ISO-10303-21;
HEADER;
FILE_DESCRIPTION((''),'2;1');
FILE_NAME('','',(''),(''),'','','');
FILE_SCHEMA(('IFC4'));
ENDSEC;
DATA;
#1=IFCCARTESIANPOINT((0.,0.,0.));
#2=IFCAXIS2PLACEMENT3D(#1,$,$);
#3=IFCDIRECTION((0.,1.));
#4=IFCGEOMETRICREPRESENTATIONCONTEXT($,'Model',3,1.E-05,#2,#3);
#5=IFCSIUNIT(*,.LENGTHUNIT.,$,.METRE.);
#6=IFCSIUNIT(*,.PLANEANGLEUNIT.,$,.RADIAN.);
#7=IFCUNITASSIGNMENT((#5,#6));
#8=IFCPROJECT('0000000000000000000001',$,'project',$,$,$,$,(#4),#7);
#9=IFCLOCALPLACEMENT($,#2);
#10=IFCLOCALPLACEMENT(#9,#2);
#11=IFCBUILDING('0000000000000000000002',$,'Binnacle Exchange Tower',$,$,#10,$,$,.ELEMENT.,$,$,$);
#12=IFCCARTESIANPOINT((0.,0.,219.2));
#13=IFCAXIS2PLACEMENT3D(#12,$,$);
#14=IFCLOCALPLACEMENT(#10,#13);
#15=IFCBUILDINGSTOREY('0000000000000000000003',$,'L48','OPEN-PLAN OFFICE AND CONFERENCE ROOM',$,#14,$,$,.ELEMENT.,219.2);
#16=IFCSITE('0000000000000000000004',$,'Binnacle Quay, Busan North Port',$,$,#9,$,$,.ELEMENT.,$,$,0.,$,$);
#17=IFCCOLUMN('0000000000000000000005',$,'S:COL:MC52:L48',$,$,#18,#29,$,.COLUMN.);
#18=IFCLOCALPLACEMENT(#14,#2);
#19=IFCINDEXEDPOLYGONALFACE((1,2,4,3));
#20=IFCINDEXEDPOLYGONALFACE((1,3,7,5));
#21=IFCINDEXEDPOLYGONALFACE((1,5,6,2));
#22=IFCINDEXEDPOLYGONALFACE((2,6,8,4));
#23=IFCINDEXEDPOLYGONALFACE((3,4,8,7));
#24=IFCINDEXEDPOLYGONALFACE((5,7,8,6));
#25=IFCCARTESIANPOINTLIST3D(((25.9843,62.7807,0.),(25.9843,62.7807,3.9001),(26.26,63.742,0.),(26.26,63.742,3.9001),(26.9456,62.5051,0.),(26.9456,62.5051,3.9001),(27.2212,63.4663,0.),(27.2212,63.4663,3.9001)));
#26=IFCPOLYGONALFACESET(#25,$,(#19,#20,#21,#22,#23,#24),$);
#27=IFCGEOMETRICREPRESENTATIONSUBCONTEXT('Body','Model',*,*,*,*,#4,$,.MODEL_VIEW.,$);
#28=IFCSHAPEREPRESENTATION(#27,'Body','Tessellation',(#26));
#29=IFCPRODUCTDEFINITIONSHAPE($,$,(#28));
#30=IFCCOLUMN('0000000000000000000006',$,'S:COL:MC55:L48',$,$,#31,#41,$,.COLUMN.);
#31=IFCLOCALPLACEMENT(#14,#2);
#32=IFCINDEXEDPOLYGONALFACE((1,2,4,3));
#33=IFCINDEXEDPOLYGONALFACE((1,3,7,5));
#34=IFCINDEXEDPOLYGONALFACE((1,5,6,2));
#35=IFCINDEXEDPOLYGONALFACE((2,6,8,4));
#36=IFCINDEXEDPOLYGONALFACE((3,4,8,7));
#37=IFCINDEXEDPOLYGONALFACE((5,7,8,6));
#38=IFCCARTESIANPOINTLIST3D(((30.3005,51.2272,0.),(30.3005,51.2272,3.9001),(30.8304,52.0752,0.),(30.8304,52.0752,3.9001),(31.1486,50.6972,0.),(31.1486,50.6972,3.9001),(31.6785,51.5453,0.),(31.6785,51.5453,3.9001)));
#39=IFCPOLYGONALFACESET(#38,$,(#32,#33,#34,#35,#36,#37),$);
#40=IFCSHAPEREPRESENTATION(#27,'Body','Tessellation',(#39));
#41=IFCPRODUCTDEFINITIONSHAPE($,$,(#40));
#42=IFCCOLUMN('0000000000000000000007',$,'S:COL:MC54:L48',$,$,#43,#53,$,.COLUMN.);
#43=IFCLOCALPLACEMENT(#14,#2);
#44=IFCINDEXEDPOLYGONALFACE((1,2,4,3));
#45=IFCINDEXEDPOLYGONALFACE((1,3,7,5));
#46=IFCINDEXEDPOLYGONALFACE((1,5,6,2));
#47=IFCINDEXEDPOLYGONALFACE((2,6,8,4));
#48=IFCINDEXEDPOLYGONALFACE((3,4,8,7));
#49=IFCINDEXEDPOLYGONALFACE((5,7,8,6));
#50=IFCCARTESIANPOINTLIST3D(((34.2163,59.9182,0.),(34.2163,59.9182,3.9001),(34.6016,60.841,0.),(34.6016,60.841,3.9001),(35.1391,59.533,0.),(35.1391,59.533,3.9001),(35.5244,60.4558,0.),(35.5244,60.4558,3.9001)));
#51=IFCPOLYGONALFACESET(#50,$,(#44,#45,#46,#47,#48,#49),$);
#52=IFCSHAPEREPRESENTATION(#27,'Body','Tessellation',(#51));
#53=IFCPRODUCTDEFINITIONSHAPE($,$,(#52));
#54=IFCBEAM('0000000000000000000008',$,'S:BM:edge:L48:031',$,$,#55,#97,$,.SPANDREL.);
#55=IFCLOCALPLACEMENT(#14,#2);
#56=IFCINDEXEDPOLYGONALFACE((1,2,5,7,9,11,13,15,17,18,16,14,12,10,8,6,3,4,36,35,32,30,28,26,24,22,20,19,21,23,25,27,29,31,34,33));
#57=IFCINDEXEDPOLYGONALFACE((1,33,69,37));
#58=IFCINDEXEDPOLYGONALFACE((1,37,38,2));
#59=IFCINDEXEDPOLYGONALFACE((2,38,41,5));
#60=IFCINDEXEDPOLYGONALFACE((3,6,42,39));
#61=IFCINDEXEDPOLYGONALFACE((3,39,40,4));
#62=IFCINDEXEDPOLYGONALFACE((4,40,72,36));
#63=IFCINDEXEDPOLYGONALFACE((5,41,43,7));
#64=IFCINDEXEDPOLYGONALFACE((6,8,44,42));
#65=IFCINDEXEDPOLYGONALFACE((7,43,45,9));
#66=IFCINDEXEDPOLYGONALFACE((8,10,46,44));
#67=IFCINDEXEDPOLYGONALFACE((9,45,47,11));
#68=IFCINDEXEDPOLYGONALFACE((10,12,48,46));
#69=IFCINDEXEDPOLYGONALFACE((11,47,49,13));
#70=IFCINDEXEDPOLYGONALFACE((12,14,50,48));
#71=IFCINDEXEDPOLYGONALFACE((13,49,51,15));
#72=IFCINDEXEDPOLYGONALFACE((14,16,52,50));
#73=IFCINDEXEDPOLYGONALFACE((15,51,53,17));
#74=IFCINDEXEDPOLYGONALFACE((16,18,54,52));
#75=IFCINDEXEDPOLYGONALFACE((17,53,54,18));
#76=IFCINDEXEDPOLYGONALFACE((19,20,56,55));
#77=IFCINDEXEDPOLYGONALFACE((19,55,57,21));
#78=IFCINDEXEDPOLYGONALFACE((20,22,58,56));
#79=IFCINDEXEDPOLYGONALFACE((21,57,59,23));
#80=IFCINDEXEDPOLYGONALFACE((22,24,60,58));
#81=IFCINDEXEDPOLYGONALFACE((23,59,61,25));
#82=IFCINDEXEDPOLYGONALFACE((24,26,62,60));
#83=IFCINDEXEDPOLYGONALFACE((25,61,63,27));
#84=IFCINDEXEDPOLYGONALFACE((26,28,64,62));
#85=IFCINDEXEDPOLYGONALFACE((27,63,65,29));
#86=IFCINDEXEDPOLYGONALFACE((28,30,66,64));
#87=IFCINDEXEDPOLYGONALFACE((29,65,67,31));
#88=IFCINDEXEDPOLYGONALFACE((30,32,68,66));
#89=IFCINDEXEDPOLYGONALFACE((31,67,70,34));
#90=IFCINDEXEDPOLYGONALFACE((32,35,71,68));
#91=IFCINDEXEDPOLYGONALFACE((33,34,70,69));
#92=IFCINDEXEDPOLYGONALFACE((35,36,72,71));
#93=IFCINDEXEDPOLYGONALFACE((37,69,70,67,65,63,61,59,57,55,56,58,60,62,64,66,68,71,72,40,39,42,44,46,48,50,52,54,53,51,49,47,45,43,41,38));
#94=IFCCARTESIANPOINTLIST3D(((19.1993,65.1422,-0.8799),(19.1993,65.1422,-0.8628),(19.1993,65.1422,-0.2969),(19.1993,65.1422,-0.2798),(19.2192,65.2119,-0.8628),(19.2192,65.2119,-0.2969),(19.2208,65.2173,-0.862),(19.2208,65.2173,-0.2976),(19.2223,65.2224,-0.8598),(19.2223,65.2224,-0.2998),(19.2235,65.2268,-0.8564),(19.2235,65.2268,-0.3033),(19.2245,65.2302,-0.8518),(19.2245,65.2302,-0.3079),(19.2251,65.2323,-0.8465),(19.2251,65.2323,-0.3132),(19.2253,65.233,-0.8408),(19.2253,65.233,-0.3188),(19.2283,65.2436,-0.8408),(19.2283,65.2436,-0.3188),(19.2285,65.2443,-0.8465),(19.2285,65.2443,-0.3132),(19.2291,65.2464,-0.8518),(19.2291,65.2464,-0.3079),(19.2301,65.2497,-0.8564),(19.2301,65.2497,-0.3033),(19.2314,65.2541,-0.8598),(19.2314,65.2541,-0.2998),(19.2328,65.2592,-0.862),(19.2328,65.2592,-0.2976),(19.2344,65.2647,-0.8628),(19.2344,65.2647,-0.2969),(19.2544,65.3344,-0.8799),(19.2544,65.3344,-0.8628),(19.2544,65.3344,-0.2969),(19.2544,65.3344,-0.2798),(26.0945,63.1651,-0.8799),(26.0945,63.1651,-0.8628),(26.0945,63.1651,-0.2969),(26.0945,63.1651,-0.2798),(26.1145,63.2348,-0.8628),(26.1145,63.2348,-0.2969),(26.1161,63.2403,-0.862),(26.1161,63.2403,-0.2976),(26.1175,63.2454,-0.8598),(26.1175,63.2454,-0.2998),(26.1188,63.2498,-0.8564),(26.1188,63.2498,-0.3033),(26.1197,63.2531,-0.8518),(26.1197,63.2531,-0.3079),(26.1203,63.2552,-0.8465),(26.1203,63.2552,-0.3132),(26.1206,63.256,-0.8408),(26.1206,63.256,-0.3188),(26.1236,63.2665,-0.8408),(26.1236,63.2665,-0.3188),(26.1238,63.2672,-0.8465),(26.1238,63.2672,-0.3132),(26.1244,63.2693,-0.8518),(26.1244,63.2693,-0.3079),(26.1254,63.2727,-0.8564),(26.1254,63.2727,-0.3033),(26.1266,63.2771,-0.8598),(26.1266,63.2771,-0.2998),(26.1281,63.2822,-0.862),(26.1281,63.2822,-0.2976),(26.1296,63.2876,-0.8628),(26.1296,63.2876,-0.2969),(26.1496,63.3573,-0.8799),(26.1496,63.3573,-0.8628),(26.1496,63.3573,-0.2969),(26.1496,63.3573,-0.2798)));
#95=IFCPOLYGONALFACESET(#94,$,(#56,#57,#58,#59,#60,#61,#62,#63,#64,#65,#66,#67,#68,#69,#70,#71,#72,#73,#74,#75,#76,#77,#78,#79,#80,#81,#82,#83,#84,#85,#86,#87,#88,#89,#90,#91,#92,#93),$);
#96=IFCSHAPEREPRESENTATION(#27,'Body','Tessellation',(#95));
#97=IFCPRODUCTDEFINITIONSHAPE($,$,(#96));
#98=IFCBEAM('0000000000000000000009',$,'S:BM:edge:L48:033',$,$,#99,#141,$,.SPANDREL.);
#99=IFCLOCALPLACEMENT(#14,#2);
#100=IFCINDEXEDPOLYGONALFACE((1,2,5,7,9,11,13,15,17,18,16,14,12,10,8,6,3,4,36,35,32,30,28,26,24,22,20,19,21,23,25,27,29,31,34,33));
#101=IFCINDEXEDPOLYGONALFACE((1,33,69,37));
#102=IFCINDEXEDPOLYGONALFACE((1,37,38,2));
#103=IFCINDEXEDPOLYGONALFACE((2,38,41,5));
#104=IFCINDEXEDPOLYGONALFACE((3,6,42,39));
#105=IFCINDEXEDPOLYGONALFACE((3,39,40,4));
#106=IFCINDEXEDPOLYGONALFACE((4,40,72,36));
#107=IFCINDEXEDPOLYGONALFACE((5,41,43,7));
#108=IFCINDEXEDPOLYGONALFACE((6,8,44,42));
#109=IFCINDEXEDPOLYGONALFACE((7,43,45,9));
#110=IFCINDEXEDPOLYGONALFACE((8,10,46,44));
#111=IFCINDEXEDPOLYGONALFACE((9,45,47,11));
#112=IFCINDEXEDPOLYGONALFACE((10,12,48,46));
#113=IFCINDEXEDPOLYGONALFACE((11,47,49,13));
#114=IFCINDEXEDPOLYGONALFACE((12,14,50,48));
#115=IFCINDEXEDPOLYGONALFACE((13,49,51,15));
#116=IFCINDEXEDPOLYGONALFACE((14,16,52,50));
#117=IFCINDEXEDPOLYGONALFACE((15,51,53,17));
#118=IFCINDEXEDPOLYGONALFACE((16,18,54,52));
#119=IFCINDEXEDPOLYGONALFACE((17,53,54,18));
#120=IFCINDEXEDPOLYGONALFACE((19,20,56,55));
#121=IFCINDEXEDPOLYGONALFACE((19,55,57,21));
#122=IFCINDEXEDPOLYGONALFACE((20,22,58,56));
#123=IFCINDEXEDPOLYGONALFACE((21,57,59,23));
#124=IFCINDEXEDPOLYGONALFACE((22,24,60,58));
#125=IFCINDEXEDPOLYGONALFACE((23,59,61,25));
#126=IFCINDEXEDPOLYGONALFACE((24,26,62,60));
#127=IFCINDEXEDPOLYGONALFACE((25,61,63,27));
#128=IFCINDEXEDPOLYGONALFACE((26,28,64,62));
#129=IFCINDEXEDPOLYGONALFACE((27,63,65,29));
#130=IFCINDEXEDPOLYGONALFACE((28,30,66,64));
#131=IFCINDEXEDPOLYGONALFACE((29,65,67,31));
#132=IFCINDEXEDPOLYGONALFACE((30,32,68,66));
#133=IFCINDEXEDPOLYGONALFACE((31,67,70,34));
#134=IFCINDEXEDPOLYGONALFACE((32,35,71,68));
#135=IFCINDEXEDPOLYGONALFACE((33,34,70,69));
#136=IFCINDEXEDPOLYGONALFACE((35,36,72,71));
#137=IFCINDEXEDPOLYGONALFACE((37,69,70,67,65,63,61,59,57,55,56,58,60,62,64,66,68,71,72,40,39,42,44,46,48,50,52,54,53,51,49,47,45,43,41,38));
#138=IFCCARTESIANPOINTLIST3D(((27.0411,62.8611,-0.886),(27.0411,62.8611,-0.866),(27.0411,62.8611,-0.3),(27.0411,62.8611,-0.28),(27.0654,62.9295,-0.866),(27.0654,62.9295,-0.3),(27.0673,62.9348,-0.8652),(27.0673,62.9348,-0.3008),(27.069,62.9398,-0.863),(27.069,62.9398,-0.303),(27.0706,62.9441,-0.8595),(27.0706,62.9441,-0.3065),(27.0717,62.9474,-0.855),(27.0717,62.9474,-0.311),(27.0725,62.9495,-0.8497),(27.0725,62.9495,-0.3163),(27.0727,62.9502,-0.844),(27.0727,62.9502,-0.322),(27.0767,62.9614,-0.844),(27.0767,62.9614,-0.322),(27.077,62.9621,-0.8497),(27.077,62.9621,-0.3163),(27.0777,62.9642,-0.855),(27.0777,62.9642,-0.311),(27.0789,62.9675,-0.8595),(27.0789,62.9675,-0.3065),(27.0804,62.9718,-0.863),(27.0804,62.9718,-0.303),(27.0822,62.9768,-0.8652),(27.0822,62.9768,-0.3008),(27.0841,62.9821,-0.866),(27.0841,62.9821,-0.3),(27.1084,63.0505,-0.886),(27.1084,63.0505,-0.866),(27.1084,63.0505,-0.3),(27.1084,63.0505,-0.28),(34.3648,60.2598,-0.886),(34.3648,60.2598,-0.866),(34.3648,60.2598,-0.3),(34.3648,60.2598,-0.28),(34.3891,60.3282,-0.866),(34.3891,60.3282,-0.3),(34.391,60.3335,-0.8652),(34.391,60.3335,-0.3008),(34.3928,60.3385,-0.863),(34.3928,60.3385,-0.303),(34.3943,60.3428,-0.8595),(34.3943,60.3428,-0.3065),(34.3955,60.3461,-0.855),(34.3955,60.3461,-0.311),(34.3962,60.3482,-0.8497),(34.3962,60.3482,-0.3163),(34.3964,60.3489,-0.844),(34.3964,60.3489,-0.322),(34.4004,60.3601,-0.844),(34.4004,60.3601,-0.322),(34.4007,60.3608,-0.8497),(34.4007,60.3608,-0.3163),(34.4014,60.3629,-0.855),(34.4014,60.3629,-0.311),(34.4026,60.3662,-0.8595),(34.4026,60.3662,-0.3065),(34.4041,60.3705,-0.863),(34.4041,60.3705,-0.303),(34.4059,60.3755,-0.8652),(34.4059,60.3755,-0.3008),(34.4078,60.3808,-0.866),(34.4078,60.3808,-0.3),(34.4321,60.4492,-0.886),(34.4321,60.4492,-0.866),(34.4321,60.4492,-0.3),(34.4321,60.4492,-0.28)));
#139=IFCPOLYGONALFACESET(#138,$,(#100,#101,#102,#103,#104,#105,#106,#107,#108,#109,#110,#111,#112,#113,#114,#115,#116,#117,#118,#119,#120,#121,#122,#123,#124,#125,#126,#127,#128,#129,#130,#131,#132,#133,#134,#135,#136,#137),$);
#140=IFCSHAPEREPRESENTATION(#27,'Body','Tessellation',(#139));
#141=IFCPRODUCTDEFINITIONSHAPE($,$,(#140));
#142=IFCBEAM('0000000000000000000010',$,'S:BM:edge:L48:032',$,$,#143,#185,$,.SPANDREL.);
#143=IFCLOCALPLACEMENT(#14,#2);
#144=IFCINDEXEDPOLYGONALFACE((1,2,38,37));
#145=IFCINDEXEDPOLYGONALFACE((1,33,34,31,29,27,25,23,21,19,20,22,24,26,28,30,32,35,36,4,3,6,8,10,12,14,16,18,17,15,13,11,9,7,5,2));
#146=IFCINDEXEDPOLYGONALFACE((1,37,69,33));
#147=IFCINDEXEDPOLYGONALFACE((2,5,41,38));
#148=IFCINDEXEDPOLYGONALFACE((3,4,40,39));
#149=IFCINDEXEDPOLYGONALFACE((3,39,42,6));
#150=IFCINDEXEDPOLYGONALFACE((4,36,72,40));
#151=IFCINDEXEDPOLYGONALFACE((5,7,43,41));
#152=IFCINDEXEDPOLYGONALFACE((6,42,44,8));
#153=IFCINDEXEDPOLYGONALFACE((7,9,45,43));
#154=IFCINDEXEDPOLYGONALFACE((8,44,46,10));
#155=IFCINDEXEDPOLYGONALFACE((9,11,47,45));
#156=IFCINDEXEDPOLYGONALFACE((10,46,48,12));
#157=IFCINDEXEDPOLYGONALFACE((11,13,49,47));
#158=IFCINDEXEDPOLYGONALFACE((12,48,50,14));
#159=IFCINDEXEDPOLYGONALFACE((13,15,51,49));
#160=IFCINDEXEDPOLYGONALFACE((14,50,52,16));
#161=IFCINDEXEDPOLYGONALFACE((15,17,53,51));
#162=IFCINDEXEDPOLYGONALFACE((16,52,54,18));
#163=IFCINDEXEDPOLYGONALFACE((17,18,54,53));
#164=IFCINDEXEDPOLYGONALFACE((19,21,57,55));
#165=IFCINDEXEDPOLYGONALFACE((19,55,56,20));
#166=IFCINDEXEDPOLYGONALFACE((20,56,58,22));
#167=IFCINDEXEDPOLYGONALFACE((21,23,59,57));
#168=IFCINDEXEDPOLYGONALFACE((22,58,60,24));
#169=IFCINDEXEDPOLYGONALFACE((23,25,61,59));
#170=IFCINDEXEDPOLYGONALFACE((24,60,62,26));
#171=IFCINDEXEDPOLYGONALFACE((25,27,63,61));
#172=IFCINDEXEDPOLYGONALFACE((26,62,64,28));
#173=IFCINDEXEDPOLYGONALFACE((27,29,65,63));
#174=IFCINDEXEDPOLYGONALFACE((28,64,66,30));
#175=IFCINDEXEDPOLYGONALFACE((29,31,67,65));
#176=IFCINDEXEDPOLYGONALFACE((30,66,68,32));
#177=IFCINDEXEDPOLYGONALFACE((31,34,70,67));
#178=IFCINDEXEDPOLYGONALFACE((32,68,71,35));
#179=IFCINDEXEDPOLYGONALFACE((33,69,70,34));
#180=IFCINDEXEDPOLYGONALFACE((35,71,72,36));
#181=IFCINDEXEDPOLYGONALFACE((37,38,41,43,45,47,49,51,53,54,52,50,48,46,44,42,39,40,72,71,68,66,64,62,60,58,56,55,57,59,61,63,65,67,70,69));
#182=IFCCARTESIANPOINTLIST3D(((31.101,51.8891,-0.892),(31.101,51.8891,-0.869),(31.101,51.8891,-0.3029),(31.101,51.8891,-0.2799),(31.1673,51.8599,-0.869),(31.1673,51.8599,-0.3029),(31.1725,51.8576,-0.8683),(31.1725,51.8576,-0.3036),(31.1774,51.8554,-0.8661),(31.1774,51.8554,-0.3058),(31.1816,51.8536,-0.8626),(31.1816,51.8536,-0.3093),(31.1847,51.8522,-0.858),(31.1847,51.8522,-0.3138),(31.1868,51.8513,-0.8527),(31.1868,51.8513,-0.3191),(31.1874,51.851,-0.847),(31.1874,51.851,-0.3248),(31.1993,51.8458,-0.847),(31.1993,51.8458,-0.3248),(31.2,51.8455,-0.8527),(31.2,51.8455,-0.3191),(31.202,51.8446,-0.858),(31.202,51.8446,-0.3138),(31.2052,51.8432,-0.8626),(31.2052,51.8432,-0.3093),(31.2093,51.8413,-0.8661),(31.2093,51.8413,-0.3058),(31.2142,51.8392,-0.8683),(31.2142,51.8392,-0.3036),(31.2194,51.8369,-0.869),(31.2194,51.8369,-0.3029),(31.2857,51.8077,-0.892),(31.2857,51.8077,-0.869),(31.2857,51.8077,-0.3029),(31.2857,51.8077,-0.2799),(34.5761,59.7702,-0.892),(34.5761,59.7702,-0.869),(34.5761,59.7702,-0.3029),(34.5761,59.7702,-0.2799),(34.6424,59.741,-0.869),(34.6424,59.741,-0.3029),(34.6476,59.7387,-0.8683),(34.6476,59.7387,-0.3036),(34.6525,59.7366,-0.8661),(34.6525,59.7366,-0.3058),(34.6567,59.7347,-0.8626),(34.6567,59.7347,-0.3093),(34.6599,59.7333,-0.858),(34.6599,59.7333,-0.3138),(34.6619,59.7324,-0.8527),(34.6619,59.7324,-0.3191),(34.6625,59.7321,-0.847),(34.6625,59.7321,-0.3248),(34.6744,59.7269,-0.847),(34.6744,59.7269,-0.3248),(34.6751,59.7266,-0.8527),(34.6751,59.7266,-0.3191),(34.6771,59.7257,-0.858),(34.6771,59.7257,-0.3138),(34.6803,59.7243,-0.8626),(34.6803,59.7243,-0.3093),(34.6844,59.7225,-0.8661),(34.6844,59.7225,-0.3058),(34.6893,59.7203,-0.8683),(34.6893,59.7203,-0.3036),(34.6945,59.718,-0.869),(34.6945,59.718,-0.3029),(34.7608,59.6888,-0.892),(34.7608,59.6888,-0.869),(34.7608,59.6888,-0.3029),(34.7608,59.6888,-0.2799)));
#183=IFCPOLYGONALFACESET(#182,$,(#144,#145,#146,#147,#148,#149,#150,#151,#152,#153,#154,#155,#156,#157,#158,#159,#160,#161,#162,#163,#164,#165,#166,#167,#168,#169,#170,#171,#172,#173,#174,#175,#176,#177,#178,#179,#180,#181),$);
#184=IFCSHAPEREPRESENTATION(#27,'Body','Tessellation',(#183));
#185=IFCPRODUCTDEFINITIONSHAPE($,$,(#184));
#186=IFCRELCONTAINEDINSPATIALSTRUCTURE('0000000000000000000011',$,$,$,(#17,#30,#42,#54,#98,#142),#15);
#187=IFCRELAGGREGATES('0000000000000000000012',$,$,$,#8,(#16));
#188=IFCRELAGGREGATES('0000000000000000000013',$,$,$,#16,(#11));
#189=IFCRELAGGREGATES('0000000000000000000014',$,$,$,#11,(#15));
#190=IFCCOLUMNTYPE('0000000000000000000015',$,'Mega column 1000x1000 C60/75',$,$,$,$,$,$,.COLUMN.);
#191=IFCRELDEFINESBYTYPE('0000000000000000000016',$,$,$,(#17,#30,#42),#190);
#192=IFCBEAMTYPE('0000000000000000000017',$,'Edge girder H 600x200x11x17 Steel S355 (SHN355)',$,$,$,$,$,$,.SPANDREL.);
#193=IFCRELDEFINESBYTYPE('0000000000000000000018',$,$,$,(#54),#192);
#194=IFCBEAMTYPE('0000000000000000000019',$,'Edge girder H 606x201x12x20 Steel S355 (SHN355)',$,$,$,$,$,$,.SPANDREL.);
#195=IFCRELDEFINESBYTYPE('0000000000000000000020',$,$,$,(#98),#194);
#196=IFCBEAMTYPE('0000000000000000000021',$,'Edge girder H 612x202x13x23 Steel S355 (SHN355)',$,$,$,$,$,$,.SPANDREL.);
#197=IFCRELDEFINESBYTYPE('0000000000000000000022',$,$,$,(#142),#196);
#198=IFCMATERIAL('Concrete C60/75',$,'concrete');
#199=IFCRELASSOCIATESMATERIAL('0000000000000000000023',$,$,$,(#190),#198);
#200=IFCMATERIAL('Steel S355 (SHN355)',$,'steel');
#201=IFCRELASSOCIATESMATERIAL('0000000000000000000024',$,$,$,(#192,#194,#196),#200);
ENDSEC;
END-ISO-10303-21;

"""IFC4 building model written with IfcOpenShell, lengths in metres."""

from ifc_helpers import new_model, si_unit, direction, frame, origin, origin_2d, place, context, subcontext, project, spatial, rectangle, i_section, extrude, material, material_profile, profile_set, type_object, element, save


model = new_model("IFC4")

# Units and contexts
model_context = context("Model", 3, precision=1e-05, world=origin(), true_north=direction((0.0, 1.0)))
body_context = subcontext(model_context, "Body", "Model", "MODEL_VIEW")
ifc_project = project(units=[si_unit("LENGTHUNIT", "METRE"), si_unit("PLANEANGLEUNIT", "RADIAN")], contexts=[model_context])

# Site, building, storey
site_placement = place(None, origin())
site = spatial("IfcSite", under=ifc_project, at=site_placement, Name="Binnacle Quay, Busan North Port", CompositionType="ELEMENT", RefElevation=0.0)
building_placement = place(site_placement, origin())
building = spatial("IfcBuilding", under=site, at=building_placement, Name="Binnacle Exchange Tower", CompositionType="ELEMENT")
storey_placement = place(building_placement, frame((0.0, 0.0, 219.2)))
storey = spatial("IfcBuildingStorey", under=building, at=storey_placement, Name="L48", Description="OPEN-PLAN OFFICE AND CONFERENCE ROOM", CompositionType="ELEMENT", Elevation=219.2)

# Columns
ifc_material_1 = material(Name="Concrete C60/75", Category="concrete")
ifc_material_profile_1 = material_profile(ifc_material_1, rectangle(XDim=1.0, YDim=1.0, at=origin_2d()), Name="Mega column 1000x1000 C60/75")
ifc_profile_set_1 = profile_set([ifc_material_profile_1], Name="Concrete C60/75")
column_type = type_object("IfcColumnType", Name="Mega column 1000x1000 C60/75", PredefinedType="COLUMN", material=ifc_profile_set_1)
for number, where, z_axis, x_axis, name in (
    (1, (26.6028, 63.1235, 0.0), (0.0, 0.0, 1.0), (-0.961262, 0.275637, 0.0), "S:COL:MC52:L48"),
    (2, (30.9895, 51.3862, 0.0), (0.0, 0.0, 1.0), (0.529919, 0.848048, 0.0), "S:COL:MC55:L48"),
    (3, (34.8704, 60.187, 0.0), (0.0, 0.0, 1.0), (-0.922814, 0.385246, 0.0), "S:COL:MC54:L48"),
):
    element("IfcColumn", number, at=place(storey_placement, frame(where, z_axis=z_axis, x_axis=x_axis)), inside=storey, type_object=column_type, Name=name, PredefinedType="COLUMN", context=body_context, shape_type="SweptSolid", body=[
        extrude(rectangle(XDim=1.0, YDim=1.0, at=origin_2d()), origin(), (0.0, 0.0, 1.0), 3.9001),
    ])

# Beams
ifc_material_2 = material(Name="Steel S355 (SHN355)", Category="steel")
ifc_material_profile_2 = material_profile(ifc_material_2, i_section(OverallWidth=0.2, OverallDepth=0.6001, WebThickness=0.011, FlangeThickness=0.0171, FilletRadius=0.022, at=origin_2d()), Name="H 600x200x11x17")
ifc_profile_set_2 = profile_set([ifc_material_profile_2], Name="Steel S355 (SHN355)")
beam_type_1 = type_object("IfcBeamType", Name="Edge girder H 600x200x11x17 Steel S355 (SHN355)", PredefinedType="SPANDREL", material=ifc_profile_set_2)
beam_1_placement = place(storey_placement, frame((26.1221, 63.2612, -0.5798), z_axis=(-0.961267, 0.27562, 0.0), x_axis=(-0.27562, -0.961267, 0.0)))
element("IfcBeam", 4, at=beam_1_placement, inside=storey, type_object=beam_type_1, Name="S:BM:edge:L48:031", PredefinedType="SPANDREL", context=body_context, shape_type="SweptSolid", body=[
    extrude(i_section(OverallWidth=0.2, OverallDepth=0.6001, WebThickness=0.011, FlangeThickness=0.0171, FilletRadius=0.022, at=origin_2d()), origin(), (0.0, 0.0, 1.0), 7.1731),
])
ifc_material_profile_3 = material_profile(ifc_material_2, i_section(OverallWidth=0.2009, OverallDepth=0.606, WebThickness=0.012, FlangeThickness=0.02, FilletRadius=0.022, at=origin_2d()), Name="H 606x201x12x20")
ifc_profile_set_3 = profile_set([ifc_material_profile_3], Name="Steel S355 (SHN355)")
beam_type_2 = type_object("IfcBeamType", Name="Edge girder H 606x201x12x20 Steel S355 (SHN355)", PredefinedType="SPANDREL", material=ifc_profile_set_3)
beam_2_placement = place(storey_placement, frame((34.3984, 60.3545, -0.583), z_axis=(-0.942323, 0.334704, 0.0), x_axis=(-0.334704, -0.942323, 0.0)))
element("IfcBeam", 5, at=beam_2_placement, inside=storey, type_object=beam_type_2, Name="S:BM:edge:L48:033", PredefinedType="SPANDREL", context=body_context, shape_type="SweptSolid", body=[
    extrude(i_section(OverallWidth=0.2009, OverallDepth=0.606, WebThickness=0.012, FlangeThickness=0.02, FilletRadius=0.022, at=origin_2d()), origin(), (0.0, 0.0, 1.0), 7.772),
])
ifc_material_profile_4 = material_profile(ifc_material_2, i_section(OverallWidth=0.2019, OverallDepth=0.6121, WebThickness=0.0129, FlangeThickness=0.0229, FilletRadius=0.022, at=origin_2d()), Name="H 612x202x13x23")
ifc_profile_set_4 = profile_set([ifc_material_profile_4], Name="Steel S355 (SHN355)")
beam_type_3 = type_object("IfcBeamType", Name="Edge girder H 612x202x13x23 Steel S355 (SHN355)", PredefinedType="SPANDREL", material=ifc_profile_set_4)
beam_3_placement = place(storey_placement, frame((31.1934, 51.8484, -0.5859), z_axis=(0.403459, 0.914998, 0.0), x_axis=(-0.914998, 0.403459, 0.0)))
element("IfcBeam", 6, at=beam_3_placement, inside=storey, type_object=beam_type_3, Name="S:BM:edge:L48:032", PredefinedType="SPANDREL", context=body_context, shape_type="SweptSolid", body=[
    extrude(i_section(OverallWidth=0.2019, OverallDepth=0.6121, WebThickness=0.0129, FlangeThickness=0.0229, FilletRadius=0.022, at=origin_2d()), origin(), (0.0, 0.0, 1.0), 8.6133),
])

save(model, "model.ifc")
